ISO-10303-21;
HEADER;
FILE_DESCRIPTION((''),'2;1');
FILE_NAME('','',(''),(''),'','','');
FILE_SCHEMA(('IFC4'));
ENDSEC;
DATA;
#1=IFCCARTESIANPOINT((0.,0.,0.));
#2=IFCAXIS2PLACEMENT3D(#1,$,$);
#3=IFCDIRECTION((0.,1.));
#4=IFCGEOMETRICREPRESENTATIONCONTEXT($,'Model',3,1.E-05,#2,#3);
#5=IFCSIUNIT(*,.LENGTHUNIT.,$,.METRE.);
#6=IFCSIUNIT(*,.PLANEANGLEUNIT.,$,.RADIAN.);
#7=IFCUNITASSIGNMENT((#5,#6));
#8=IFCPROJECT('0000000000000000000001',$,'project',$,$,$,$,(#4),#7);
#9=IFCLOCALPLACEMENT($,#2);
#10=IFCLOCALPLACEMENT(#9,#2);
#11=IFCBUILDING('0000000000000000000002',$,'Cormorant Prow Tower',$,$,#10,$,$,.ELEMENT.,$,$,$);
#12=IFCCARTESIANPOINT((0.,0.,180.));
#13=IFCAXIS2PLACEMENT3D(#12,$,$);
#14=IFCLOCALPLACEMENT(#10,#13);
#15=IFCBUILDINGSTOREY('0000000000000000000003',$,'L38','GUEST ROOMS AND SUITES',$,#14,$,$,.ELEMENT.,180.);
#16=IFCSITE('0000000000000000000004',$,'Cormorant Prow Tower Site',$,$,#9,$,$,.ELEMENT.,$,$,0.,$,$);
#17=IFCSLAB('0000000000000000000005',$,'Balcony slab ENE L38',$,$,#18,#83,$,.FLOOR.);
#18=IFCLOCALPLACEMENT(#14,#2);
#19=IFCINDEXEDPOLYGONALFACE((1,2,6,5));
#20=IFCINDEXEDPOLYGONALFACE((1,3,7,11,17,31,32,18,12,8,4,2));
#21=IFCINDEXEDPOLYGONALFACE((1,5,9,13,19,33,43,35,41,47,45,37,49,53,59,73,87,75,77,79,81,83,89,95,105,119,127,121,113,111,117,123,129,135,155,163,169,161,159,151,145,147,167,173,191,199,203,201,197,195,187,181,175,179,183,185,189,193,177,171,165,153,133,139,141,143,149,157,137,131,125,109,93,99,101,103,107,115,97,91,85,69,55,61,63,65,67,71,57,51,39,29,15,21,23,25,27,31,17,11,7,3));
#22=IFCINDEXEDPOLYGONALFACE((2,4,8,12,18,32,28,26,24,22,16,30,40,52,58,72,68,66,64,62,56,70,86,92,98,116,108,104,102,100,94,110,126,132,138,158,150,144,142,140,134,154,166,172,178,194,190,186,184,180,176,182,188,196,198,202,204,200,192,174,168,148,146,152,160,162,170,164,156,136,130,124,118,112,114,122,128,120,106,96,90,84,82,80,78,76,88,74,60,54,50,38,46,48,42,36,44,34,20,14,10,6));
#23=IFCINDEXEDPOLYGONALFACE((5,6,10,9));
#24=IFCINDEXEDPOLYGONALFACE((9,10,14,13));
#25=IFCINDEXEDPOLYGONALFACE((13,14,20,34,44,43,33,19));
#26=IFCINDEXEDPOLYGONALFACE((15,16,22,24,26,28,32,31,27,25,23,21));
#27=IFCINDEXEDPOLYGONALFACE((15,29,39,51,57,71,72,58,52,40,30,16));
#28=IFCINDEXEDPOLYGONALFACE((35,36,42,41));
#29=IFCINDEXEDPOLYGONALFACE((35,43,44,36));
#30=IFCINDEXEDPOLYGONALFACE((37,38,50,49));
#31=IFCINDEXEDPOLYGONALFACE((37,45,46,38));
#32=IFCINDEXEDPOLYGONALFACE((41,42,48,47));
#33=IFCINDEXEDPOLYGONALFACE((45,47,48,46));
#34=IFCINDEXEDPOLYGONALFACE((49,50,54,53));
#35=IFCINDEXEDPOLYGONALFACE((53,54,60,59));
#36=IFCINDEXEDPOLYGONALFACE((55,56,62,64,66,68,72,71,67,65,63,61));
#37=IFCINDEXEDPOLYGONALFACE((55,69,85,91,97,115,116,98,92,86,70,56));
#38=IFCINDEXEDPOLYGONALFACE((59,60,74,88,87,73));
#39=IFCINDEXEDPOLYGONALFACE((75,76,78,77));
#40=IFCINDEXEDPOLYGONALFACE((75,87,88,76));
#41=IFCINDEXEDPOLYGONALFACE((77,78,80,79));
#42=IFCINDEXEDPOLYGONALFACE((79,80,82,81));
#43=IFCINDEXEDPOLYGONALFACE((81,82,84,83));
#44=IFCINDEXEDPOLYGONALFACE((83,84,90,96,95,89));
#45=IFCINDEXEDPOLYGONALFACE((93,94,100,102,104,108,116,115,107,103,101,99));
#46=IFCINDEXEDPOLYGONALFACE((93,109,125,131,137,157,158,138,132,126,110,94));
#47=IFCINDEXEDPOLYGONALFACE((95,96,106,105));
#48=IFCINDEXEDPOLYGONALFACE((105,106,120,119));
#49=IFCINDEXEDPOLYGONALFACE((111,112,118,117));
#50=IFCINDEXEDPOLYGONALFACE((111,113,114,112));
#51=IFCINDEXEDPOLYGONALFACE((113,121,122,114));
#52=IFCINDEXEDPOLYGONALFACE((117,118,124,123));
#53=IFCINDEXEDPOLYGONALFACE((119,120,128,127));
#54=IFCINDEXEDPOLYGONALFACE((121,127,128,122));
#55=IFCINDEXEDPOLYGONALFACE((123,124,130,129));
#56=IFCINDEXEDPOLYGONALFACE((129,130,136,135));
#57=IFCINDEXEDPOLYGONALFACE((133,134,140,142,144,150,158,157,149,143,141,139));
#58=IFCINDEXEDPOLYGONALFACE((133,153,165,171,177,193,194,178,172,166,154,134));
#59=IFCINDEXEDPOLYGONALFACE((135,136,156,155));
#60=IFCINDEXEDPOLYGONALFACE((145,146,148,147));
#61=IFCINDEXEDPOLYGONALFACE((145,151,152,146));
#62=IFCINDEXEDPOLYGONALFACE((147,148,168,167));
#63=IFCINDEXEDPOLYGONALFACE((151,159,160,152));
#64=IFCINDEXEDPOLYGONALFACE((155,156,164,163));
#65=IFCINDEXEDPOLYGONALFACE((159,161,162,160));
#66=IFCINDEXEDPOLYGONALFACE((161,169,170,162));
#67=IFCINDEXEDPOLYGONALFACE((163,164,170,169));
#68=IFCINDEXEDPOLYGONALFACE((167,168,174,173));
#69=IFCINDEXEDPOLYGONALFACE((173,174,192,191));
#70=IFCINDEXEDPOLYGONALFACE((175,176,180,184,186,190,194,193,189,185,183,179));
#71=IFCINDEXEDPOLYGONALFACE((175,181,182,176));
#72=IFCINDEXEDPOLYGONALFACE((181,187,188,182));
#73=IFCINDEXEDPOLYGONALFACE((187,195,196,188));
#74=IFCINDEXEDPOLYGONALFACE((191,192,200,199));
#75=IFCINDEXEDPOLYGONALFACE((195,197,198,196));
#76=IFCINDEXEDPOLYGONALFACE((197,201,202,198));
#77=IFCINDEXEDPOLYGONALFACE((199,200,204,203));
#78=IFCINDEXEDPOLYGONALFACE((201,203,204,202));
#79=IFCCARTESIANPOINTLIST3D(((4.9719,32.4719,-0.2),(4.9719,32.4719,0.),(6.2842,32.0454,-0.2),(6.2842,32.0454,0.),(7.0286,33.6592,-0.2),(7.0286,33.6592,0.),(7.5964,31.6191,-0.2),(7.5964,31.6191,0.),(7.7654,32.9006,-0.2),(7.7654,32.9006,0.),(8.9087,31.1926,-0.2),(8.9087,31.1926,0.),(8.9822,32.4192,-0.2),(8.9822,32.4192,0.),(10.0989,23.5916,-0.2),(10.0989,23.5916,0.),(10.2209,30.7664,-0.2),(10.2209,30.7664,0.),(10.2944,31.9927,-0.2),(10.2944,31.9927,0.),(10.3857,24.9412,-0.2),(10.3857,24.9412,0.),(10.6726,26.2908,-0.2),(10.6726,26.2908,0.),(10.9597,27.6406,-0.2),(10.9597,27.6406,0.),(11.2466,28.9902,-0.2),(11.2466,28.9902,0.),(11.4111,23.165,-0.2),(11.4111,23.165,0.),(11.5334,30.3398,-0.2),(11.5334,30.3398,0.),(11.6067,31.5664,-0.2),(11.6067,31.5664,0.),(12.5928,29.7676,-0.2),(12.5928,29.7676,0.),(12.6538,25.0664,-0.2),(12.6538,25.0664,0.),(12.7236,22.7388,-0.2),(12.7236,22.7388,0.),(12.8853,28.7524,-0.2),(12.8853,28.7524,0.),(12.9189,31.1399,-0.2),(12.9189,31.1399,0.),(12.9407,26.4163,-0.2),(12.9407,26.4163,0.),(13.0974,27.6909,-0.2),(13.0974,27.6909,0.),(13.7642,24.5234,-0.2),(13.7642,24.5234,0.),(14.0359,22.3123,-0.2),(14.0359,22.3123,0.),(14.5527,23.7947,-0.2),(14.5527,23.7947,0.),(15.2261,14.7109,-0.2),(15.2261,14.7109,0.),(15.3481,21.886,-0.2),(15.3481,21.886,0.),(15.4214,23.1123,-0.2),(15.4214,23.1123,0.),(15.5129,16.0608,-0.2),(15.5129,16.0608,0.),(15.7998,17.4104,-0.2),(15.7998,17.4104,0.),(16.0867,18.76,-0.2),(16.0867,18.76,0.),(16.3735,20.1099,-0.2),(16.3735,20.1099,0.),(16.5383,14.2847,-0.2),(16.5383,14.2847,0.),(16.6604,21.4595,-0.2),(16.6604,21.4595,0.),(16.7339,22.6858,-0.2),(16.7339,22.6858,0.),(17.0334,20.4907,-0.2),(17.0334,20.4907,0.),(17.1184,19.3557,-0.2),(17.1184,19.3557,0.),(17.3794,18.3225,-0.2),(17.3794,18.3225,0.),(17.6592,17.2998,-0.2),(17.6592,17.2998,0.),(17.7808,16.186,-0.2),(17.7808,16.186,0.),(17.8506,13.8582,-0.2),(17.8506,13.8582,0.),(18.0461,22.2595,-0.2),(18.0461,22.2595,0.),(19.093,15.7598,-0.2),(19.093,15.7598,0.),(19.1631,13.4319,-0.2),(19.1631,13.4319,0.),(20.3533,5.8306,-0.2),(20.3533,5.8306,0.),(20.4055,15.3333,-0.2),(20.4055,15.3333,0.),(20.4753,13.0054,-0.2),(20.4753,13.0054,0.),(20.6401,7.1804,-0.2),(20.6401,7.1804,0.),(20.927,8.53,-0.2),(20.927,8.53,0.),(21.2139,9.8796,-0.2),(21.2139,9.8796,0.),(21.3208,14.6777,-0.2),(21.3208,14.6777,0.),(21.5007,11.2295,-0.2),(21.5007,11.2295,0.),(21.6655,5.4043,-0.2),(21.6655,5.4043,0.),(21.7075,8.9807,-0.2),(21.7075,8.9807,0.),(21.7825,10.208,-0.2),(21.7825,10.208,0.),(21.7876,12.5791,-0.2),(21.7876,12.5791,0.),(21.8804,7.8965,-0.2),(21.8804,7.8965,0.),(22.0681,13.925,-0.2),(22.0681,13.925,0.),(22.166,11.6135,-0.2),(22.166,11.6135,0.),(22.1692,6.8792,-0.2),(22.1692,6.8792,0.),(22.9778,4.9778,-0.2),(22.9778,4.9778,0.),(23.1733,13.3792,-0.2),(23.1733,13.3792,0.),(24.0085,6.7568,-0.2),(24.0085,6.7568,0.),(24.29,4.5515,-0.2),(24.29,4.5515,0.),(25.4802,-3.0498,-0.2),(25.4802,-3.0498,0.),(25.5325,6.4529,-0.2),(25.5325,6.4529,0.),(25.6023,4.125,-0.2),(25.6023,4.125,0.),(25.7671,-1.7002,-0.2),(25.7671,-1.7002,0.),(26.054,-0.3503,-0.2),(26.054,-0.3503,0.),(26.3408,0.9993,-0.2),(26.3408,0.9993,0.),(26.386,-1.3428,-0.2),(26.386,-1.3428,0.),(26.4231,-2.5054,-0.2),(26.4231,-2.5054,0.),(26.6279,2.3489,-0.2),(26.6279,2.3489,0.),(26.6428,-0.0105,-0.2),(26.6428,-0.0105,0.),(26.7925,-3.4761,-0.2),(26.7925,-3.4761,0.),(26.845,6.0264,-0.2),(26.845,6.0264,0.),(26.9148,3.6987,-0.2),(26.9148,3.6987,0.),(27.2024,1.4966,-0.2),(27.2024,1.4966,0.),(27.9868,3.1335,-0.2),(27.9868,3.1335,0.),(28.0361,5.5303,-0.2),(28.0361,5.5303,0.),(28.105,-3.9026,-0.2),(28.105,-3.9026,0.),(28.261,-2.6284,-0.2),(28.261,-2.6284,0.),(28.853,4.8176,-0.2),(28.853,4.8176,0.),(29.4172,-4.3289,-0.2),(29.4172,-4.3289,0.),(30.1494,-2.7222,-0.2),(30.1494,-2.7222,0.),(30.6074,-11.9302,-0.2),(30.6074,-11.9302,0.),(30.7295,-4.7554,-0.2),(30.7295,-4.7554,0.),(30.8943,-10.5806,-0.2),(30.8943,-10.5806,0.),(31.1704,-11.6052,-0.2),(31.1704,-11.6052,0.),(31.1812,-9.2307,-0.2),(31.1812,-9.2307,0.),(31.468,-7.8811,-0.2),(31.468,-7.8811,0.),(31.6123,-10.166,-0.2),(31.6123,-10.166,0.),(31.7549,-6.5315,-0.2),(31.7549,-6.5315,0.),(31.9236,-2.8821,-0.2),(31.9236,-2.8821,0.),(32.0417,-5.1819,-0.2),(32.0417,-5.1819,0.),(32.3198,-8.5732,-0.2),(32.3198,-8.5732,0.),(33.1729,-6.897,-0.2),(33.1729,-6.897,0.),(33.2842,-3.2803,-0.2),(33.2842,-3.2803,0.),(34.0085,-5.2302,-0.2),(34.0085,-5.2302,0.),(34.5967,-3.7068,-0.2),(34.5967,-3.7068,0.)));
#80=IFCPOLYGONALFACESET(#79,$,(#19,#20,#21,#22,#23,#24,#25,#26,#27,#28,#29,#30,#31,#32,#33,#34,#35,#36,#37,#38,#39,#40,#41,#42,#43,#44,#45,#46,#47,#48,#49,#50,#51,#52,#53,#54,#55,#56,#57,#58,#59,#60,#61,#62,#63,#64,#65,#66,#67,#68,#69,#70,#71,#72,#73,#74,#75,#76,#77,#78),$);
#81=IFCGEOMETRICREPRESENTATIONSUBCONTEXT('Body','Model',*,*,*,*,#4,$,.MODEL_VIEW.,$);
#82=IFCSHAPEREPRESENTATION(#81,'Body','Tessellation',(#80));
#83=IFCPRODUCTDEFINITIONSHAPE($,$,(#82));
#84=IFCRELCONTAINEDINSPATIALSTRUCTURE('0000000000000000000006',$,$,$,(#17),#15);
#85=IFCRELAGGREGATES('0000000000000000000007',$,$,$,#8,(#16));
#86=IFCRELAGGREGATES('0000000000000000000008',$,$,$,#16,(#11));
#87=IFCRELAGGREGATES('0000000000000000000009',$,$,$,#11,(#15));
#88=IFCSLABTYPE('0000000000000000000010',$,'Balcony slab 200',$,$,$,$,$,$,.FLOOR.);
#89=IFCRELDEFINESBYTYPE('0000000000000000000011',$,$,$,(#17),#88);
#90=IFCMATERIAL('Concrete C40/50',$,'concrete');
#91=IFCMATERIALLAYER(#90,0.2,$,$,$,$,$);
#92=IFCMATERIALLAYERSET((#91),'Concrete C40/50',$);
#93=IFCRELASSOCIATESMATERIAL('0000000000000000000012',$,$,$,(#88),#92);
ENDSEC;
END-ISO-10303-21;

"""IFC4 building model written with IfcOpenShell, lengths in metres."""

from ifc_helpers import new_model, si_unit, direction, frame, origin, place, context, subcontext, project, spatial, polyline, outline, extrude, material, layer, layer_set, type_object, element, save


model = new_model("IFC4")

# Units and contexts
model_context = context("Model", 3, precision=1e-05, world=origin(), true_north=direction((0.0, 1.0)))
body_context = subcontext(model_context, "Body", "Model", "MODEL_VIEW")
ifc_project = project(units=[si_unit("LENGTHUNIT", "METRE"), si_unit("PLANEANGLEUNIT", "RADIAN")], contexts=[model_context])

# Site, building, storey
site_placement = place(None, origin())
site = spatial("IfcSite", under=ifc_project, at=site_placement, Name="Cormorant Prow Tower Site", CompositionType="ELEMENT", RefElevation=0.0)
building_placement = place(site_placement, origin())
building = spatial("IfcBuilding", under=site, at=building_placement, Name="Cormorant Prow Tower", CompositionType="ELEMENT")
storey_placement = place(building_placement, frame((0.0, 0.0, 180.0)))
storey = spatial("IfcBuildingStorey", under=building, at=storey_placement, Name="L38", Description="GUEST ROOMS AND SUITES", CompositionType="ELEMENT", Elevation=180.0)

# Slab
ifc_material_1 = material(Name="Concrete C40/50", Category="concrete")
ifc_layer_1 = layer(ifc_material_1, 0.2)
ifc_layer_set_1 = layer_set([ifc_layer_1], Name="Concrete C40/50")
slab_type_1 = type_object("IfcSlabType", Name="Balcony slab 200", PredefinedType="FLOOR", material=ifc_layer_set_1)
slab_1_placement = place(storey_placement, frame((0.0, 0.0, -0.2)))
element("IfcSlab", 1, at=slab_1_placement, inside=storey, type_object=slab_type_1, Name="Balcony slab ENE L38", PredefinedType="FLOOR", context=body_context, shape_type="SweptSolid", body=[
    extrude(outline(polyline([(30.6074, -11.9302), (31.1704, -11.6052), (31.6123, -10.166), (32.3198, -8.5732), (33.1729, -6.897), (34.0085, -5.2302), (34.5967, -3.7068), (33.2842, -3.2803), (31.9236, -2.8821), (30.1494, -2.7222), (28.261, -2.6284), (26.4231, -2.5054), (26.386, -1.3428), (26.6428, -0.0105), (27.2024, 1.4966), (27.9868, 3.1335), (28.853, 4.8176), (28.0361, 5.5303), (26.845, 6.0264), (25.5325, 6.4529), (24.0085, 6.7568), (22.1692, 6.8792), (21.8804, 7.8965), (21.7075, 8.9807), (21.7825, 10.208), (22.166, 11.6135), (23.1733, 13.3792), (22.0681, 13.925), (21.3208, 14.6777), (20.4055, 15.3333), (19.093, 15.7598), (17.7808, 16.186), (17.6592, 17.2998), (17.3794, 18.3225), (17.1184, 19.3557), (17.0334, 20.4907), (18.0461, 22.2595), (16.7339, 22.6858), (15.4214, 23.1123), (14.5527, 23.7947), (13.7642, 24.5234), (12.6538, 25.0664), (12.9407, 26.4163), (13.0974, 27.6909), (12.8853, 28.7524), (12.5928, 29.7676), (12.9189, 31.1399), (11.6067, 31.5664), (10.2944, 31.9927), (8.9822, 32.4192), (7.7654, 32.9006), (7.0286, 33.6592), (4.9719, 32.4719), (6.2842, 32.0454), (7.5964, 31.6191), (8.9087, 31.1926), (10.2209, 30.7664), (11.5334, 30.3398), (11.2466, 28.9902), (10.9597, 27.6406), (10.6726, 26.2908), (10.3857, 24.9412), (10.0989, 23.5916), (11.4111, 23.165), (12.7236, 22.7388), (14.0359, 22.3123), (15.3481, 21.886), (16.6604, 21.4595), (16.3735, 20.1099), (16.0867, 18.76), (15.7998, 17.4104), (15.5129, 16.0608), (15.2261, 14.7109), (16.5383, 14.2847), (17.8506, 13.8582), (19.1631, 13.4319), (20.4753, 13.0054), (21.7876, 12.5791), (21.5007, 11.2295), (21.2139, 9.8796), (20.927, 8.53), (20.6401, 7.1804), (20.3533, 5.8306), (21.6655, 5.4043), (22.9778, 4.9778), (24.29, 4.5515), (25.6023, 4.125), (26.9148, 3.6987), (26.6279, 2.3489), (26.3408, 0.9993), (26.054, -0.3503), (25.7671, -1.7002), (25.4802, -3.0498), (26.7925, -3.4761), (28.105, -3.9026), (29.4172, -4.3289), (30.7295, -4.7554), (32.0417, -5.1819), (31.7549, -6.5315), (31.468, -7.8811), (31.1812, -9.2307), (30.8943, -10.5806), (30.6074, -11.9302)])), origin(), (0.0, 0.0, 1.0), 0.2),
])

save(model, "model.ifc")
